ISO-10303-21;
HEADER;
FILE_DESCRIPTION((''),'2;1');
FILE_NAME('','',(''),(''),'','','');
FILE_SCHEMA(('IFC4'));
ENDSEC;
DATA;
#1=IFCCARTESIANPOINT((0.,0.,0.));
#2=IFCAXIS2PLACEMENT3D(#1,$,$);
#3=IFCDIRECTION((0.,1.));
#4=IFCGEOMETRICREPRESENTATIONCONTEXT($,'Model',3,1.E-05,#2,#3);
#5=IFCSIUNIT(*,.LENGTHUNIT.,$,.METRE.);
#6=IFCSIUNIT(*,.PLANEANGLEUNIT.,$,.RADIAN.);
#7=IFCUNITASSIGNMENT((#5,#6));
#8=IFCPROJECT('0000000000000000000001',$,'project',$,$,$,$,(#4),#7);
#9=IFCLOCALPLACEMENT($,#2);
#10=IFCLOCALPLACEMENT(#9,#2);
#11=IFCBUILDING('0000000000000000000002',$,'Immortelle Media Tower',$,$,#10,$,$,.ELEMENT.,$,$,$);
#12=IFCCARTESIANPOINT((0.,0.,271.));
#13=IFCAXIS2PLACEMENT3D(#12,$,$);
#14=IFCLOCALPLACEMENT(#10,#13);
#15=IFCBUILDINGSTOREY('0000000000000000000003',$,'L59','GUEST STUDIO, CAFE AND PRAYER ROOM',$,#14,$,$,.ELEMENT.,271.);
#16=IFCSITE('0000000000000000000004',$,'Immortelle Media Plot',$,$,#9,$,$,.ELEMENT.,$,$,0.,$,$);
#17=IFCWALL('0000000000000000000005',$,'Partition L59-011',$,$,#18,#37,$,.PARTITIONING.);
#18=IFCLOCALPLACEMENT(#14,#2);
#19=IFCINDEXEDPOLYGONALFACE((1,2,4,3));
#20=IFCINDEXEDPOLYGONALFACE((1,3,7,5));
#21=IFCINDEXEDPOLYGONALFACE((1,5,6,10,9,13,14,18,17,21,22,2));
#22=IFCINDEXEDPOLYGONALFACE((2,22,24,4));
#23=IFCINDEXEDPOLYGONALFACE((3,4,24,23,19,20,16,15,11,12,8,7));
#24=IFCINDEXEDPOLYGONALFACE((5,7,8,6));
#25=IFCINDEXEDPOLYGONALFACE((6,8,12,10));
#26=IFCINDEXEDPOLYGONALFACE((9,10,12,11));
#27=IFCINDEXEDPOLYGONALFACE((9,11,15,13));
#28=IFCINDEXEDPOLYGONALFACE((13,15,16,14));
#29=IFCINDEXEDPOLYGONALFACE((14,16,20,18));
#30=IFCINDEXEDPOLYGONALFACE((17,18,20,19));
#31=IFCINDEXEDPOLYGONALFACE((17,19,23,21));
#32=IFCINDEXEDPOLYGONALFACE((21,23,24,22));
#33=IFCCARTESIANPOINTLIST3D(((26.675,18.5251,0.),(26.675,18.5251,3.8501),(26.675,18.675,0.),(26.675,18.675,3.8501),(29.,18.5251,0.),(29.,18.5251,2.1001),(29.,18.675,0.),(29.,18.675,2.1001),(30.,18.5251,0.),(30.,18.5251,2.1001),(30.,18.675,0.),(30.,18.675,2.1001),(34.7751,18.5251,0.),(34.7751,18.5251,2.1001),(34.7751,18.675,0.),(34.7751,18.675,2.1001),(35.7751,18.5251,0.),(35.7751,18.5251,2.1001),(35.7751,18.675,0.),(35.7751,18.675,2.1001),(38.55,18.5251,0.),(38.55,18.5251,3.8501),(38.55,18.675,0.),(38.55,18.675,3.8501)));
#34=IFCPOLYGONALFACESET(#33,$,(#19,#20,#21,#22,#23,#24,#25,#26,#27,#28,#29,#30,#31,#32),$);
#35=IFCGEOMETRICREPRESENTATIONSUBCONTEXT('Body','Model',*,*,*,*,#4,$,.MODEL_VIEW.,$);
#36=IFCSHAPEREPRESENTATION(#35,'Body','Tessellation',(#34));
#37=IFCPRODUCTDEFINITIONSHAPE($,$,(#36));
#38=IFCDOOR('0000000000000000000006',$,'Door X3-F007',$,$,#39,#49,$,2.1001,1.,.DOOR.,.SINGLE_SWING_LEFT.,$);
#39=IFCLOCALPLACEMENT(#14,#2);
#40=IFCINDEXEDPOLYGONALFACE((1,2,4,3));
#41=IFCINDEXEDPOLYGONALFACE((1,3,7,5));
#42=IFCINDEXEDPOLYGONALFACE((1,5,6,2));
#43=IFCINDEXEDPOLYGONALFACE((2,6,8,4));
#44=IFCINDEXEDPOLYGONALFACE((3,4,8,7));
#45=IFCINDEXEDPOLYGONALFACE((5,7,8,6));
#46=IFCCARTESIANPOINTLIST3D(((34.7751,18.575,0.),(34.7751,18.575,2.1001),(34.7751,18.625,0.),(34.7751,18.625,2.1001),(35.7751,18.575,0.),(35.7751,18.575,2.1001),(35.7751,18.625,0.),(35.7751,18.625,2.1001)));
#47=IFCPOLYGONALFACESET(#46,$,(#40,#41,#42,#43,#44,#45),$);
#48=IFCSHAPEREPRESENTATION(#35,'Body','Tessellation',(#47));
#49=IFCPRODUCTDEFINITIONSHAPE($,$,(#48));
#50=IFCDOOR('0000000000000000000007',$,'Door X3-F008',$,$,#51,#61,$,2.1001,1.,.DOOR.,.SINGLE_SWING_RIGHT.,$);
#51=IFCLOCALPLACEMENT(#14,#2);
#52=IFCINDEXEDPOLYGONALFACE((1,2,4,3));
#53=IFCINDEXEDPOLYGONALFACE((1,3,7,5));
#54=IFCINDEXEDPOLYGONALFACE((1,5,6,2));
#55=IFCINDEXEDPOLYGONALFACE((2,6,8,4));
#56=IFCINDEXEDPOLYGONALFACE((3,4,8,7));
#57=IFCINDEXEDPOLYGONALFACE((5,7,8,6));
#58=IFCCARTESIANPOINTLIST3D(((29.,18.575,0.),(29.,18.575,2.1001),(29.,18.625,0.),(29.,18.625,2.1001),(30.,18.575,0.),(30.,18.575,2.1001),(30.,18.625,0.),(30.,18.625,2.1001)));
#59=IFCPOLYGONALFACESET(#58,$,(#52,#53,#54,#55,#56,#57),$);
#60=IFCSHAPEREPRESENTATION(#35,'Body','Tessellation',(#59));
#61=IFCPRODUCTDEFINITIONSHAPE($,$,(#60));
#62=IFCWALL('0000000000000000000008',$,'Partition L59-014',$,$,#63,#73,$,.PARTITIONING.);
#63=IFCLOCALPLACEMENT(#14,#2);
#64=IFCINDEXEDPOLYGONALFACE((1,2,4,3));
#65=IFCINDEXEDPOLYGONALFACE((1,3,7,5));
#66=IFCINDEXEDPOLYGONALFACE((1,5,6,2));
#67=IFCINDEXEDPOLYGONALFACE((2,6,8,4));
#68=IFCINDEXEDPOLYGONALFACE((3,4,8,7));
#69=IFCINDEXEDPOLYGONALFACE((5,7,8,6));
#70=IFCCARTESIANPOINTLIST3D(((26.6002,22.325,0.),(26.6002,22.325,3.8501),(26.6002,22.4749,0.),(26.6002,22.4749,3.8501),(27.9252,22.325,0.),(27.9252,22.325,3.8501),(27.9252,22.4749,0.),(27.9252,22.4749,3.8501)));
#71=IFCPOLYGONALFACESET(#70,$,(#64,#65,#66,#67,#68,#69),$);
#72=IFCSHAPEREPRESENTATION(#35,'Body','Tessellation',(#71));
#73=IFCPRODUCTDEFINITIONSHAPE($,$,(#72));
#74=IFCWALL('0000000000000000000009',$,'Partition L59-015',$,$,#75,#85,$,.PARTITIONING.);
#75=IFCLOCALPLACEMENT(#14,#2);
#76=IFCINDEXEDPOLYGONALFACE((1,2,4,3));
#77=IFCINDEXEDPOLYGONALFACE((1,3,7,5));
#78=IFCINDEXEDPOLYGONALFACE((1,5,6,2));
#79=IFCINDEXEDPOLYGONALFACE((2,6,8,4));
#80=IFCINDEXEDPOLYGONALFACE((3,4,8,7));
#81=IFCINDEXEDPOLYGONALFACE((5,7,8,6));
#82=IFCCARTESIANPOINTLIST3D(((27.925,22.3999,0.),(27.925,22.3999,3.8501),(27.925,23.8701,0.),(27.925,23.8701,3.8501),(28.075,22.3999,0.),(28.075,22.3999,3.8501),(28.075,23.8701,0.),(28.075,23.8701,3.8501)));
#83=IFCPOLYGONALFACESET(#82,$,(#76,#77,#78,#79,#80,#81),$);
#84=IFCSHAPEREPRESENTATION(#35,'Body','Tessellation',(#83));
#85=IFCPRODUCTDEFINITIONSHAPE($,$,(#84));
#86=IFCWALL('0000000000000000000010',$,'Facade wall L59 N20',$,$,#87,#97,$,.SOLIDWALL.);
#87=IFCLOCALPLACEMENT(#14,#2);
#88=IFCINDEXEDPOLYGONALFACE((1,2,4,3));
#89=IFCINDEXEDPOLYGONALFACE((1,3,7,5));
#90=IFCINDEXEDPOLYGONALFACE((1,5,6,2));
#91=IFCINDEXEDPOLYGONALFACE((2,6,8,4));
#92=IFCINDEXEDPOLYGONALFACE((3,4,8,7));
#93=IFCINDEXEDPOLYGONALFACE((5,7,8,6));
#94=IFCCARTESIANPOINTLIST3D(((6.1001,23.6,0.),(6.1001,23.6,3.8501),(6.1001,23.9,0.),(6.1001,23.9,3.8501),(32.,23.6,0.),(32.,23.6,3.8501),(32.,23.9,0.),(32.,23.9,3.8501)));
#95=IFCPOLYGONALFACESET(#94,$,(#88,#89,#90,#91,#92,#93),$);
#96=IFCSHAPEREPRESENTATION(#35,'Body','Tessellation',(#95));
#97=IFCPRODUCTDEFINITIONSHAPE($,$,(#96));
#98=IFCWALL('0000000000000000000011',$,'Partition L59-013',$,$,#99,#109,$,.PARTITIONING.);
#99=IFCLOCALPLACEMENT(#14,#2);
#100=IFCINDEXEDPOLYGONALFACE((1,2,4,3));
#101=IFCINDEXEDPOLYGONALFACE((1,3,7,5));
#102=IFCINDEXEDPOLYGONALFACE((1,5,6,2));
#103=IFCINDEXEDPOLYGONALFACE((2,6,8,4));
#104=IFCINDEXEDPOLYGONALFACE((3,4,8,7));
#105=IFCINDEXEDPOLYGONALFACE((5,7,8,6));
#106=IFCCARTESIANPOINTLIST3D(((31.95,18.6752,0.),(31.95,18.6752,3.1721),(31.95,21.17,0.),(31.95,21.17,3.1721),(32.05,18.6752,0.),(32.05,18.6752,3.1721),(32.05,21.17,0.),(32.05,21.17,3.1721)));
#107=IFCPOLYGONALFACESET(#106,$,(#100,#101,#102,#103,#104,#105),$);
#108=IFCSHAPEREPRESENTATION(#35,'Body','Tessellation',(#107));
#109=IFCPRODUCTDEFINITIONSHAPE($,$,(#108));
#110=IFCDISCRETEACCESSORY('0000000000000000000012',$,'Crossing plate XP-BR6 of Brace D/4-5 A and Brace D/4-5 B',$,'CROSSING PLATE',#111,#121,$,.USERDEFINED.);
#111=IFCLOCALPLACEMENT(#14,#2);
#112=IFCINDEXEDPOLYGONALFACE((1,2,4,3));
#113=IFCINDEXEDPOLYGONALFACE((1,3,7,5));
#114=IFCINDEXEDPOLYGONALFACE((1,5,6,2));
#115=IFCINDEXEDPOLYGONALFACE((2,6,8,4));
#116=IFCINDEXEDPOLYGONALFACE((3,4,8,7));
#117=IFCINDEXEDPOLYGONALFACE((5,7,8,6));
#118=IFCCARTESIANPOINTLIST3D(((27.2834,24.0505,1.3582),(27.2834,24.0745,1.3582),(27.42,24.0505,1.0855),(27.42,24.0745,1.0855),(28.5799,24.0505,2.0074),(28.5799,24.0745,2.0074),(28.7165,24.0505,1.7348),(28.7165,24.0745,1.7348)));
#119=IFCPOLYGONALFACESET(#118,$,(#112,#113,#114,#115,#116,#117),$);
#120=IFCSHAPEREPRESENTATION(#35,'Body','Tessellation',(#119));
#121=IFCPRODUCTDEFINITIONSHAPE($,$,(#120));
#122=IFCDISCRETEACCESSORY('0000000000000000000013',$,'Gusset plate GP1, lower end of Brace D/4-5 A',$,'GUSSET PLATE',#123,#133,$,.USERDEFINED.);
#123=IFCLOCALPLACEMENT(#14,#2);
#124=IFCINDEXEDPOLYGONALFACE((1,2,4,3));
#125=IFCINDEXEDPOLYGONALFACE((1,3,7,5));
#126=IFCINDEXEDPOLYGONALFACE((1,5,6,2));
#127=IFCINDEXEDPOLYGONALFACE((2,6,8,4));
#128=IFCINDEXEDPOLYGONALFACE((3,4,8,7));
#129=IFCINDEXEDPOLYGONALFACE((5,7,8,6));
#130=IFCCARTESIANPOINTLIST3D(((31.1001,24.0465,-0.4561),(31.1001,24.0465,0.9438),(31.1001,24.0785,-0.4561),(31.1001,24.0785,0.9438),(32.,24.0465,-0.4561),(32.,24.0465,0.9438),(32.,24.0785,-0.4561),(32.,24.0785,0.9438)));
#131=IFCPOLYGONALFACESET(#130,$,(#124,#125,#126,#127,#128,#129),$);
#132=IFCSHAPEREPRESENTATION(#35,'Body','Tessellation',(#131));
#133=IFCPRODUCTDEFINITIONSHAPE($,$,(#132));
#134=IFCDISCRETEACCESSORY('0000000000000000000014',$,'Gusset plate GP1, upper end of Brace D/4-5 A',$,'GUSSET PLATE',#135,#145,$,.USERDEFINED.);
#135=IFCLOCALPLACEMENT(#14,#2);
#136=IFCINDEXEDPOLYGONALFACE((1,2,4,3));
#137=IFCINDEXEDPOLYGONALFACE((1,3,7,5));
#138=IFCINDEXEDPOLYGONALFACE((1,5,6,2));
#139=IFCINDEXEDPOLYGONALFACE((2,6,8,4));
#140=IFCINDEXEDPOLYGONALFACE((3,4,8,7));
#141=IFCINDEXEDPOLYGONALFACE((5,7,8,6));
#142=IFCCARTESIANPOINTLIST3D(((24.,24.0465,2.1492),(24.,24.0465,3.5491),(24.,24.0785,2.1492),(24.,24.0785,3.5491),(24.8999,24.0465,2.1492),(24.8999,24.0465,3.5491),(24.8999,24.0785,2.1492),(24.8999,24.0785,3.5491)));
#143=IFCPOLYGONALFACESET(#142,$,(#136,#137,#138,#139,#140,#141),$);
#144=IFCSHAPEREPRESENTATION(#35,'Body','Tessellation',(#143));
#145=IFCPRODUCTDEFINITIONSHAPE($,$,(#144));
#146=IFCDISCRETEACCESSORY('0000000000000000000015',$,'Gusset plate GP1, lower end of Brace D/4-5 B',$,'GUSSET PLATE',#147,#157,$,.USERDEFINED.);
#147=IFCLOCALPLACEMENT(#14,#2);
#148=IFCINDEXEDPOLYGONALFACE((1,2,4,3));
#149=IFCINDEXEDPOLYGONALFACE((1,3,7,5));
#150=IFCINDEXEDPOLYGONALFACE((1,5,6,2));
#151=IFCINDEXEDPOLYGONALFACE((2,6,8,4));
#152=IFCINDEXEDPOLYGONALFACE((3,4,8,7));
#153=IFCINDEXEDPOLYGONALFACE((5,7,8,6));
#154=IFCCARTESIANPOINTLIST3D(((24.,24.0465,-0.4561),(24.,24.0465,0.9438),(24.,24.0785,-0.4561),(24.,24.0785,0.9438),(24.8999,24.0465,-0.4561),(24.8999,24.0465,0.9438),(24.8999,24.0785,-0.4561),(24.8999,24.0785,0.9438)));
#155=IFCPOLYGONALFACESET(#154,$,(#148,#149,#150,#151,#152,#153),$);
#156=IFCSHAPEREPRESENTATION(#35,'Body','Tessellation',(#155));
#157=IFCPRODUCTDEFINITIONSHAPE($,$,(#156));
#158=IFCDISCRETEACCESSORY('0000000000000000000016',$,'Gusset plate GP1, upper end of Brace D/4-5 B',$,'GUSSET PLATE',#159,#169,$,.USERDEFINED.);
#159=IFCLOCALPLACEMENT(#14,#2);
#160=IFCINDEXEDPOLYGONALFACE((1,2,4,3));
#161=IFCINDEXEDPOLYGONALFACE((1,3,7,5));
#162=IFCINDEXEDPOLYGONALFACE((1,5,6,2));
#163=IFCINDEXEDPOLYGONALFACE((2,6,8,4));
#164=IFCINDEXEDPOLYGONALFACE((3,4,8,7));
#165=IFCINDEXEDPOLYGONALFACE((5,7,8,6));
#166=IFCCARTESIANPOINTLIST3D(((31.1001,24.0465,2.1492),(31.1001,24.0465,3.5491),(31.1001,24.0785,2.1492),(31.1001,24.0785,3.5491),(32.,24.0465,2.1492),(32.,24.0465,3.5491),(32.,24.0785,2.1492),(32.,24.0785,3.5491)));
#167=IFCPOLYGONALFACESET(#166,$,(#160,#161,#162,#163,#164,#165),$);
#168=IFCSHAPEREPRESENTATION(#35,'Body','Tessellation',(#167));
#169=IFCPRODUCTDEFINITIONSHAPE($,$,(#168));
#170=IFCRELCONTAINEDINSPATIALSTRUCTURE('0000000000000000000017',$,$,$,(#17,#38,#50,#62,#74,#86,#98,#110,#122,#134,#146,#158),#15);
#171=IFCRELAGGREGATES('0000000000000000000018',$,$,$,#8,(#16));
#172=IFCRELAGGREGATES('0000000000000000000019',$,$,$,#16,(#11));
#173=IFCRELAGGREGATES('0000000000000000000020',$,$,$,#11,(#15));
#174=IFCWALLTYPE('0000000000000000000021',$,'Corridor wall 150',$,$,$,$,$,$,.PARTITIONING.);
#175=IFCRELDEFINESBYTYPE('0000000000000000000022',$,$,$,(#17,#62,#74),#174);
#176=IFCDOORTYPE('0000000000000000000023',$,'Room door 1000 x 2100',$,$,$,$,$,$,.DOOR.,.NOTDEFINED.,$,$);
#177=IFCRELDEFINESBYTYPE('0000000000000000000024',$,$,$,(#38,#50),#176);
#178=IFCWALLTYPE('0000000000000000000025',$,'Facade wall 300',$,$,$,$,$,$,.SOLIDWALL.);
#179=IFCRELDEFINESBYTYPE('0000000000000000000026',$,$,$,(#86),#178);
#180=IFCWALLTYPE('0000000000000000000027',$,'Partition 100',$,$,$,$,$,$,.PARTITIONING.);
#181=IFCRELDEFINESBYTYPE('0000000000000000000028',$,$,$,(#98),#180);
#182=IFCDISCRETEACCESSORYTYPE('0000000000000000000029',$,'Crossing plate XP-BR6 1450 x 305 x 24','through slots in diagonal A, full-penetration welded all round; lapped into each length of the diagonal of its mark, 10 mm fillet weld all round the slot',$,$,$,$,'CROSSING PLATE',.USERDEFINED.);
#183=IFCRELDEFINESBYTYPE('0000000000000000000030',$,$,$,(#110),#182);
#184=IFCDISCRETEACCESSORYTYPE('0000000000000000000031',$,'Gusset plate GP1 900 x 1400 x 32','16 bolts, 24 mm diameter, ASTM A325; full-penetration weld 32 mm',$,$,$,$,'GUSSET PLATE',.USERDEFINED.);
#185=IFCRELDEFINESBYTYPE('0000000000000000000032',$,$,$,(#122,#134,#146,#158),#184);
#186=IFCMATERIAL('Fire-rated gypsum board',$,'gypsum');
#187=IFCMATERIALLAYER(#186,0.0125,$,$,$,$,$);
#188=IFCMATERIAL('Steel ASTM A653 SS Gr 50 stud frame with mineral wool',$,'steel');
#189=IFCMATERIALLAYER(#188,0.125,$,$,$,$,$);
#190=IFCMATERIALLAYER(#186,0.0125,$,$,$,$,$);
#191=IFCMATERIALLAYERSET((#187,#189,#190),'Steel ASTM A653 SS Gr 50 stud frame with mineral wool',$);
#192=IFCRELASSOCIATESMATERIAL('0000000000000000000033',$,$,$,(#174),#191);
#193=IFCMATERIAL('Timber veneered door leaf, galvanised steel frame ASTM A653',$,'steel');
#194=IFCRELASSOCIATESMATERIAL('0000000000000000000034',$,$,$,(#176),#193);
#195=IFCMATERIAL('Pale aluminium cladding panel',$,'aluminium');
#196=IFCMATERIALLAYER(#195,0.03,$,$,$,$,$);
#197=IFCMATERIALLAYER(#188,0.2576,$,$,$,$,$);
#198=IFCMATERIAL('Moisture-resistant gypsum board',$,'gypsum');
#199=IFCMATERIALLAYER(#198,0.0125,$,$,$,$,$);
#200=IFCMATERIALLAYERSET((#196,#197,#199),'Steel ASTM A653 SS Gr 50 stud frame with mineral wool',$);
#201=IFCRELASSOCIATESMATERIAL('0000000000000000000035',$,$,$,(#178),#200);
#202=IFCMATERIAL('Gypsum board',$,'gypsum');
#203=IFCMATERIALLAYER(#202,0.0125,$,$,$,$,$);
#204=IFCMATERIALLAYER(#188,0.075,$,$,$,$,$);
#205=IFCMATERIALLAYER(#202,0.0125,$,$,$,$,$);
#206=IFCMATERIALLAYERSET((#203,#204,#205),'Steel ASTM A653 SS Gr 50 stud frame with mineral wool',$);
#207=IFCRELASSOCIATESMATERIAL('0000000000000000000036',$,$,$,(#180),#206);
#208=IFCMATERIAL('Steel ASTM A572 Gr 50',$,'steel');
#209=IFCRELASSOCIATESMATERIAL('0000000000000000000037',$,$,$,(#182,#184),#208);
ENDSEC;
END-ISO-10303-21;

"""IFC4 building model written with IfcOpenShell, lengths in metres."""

from ifc_helpers import new_model, si_unit, direction, frame, frame_2d, origin, origin_2d, place, context, subcontext, project, spatial, rectangle, extrude, material, layer, layer_set, material_profile, profile_set, type_object, element, fill, save


model = new_model("IFC4")

# Units and contexts
model_context = context("Model", 3, precision=1e-05, world=origin(), true_north=direction((0.0, 1.0)))
body_context = subcontext(model_context, "Body", "Model", "MODEL_VIEW")
ifc_project = project(units=[si_unit("LENGTHUNIT", "METRE"), si_unit("PLANEANGLEUNIT", "RADIAN")], contexts=[model_context])

# Site, building, storey
site_placement = place(None, origin())
site = spatial("IfcSite", under=ifc_project, at=site_placement, Name="Immortelle Media Plot", CompositionType="ELEMENT", RefElevation=0.0)
building_placement = place(site_placement, origin())
building = spatial("IfcBuilding", under=site, at=building_placement, Name="Immortelle Media Tower", CompositionType="ELEMENT")
storey_placement = place(building_placement, frame((0.0, 0.0, 271.0)))
storey = spatial("IfcBuildingStorey", under=building, at=storey_placement, Name="L59", Description="GUEST STUDIO, CAFE AND PRAYER ROOM", CompositionType="ELEMENT", Elevation=271.0)

# Shared definitions
ifc_material_1 = material(Name="Fire-rated gypsum board", Category="gypsum")
ifc_material_2 = material(Name="Steel ASTM A653 SS Gr 50 stud frame with mineral wool", Category="steel")

# Wall, openings, doors
ifc_layer_1 = layer(ifc_material_1, 0.0125)
ifc_layer_2 = layer(ifc_material_2, 0.125)
ifc_layer_3 = layer(ifc_material_1, 0.0125)
ifc_layer_set_1 = layer_set([ifc_layer_1, ifc_layer_2, ifc_layer_3], Name="Steel ASTM A653 SS Gr 50 stud frame with mineral wool")
wall_type_1 = type_object("IfcWallType", Name="Corridor wall 150", PredefinedType="PARTITIONING", material=ifc_layer_set_1)
wall_1_placement = place(storey_placement, frame((26.675, 18.6001, 0.0), z_axis=(0.0, 0.0, 1.0), x_axis=(1.0, 0.0, 0.0)))
wall_1 = element("IfcWall", 1, at=wall_1_placement, inside=storey, type_object=wall_type_1, Name="Partition L59-011", PredefinedType="PARTITIONING", context=body_context, shape_type="SweptSolid", body=[
    extrude(rectangle(XDim=11.875, YDim=0.1499, at=frame_2d((5.9375, 0.0))), origin(), (0.0, 0.0, 1.0), 3.8501),
])
opening_1_placement = place(wall_1_placement, frame((8.1001, 0.0, 0.0)))
opening_1 = element("IfcOpeningElement", 2, at=opening_1_placement, cuts=wall_1, PredefinedType="OPENING", context=body_context, shape_type="SweptSolid", body=[
    extrude(rectangle(XDim=1.0, YDim=2.1001, at=frame_2d((0.5, 1.05))), frame((0.0, 0.085, 0.0), z_axis=(0.0, -1.0, 0.0), x_axis=(1.0, 0.0, 0.0)), (0.0, 0.0, 1.0), 0.1699),
])
opening_2_placement = place(wall_1_placement, frame((2.325, 0.0, 0.0)))
opening_2 = element("IfcOpeningElement", 3, at=opening_2_placement, cuts=wall_1, PredefinedType="OPENING", context=body_context, shape_type="SweptSolid", body=[
    extrude(rectangle(XDim=1.0, YDim=2.1001, at=frame_2d((0.5, 1.05))), frame((0.0, 0.085, 0.0), z_axis=(0.0, -1.0, 0.0), x_axis=(1.0, 0.0, 0.0)), (0.0, 0.0, 1.0), 0.1699),
])
ifc_material_3 = material(Name="Timber veneered door leaf, galvanised steel frame ASTM A653", Category="steel")
door_type = type_object("IfcDoorType", Name="Room door 1000 x 2100", OperationType="NOTDEFINED", PredefinedType="DOOR", material=ifc_material_3)
door_1_placement = place(opening_1_placement, origin())
door_1 = element("IfcDoor", 4, at=door_1_placement, inside=storey, type_object=door_type, Name="Door X3-F007", OperationType="SINGLE_SWING_LEFT", OverallHeight=2.1001, OverallWidth=1.0, PredefinedType="DOOR", context=body_context, shape_type="SweptSolid", body=[
    extrude(rectangle(XDim=1.0, YDim=2.1001, at=frame_2d((0.5, 1.05))), frame((0.0, 0.0249, 0.0), z_axis=(0.0, -1.0, 0.0), x_axis=(1.0, 0.0, 0.0)), (0.0, 0.0, 1.0), 0.05),
])
fill(opening_1, door_1)
door_2_placement = place(opening_2_placement, origin())
door_2 = element("IfcDoor", 5, at=door_2_placement, inside=storey, type_object=door_type, Name="Door X3-F008", OperationType="SINGLE_SWING_RIGHT", OverallHeight=2.1001, OverallWidth=1.0, PredefinedType="DOOR", context=body_context, shape_type="SweptSolid", body=[
    extrude(rectangle(XDim=1.0, YDim=2.1001, at=frame_2d((0.5, 1.05))), frame((0.0, 0.0249, 0.0), z_axis=(0.0, -1.0, 0.0), x_axis=(1.0, 0.0, 0.0)), (0.0, 0.0, 1.0), 0.05),
])
fill(opening_2, door_2)

# Walls
wall_2_placement = place(storey_placement, frame((26.6001, 22.3999, 0.0), z_axis=(0.0, 0.0, 1.0), x_axis=(1.0, 0.0, 0.0)))
element("IfcWall", 6, at=wall_2_placement, inside=storey, type_object=wall_type_1, Name="Partition L59-014", PredefinedType="PARTITIONING", context=body_context, shape_type="SweptSolid", body=[
    extrude(rectangle(XDim=1.325, YDim=0.1499, at=frame_2d((0.6626, 0.0))), origin(), (0.0, 0.0, 1.0), 3.8501),
])
wall_3_placement = place(storey_placement, frame((28.0, 22.3999, 0.0), z_axis=(0.0, 0.0, 1.0), x_axis=(0.0, 1.0, 0.0)))
element("IfcWall", 7, at=wall_3_placement, inside=storey, type_object=wall_type_1, Name="Partition L59-015", PredefinedType="PARTITIONING", context=body_context, shape_type="SweptSolid", body=[
    extrude(rectangle(XDim=1.4702, YDim=0.1499, at=frame_2d((0.7351, 0.0))), origin(), (0.0, 0.0, 1.0), 3.8501),
])
ifc_material_4 = material(Name="Pale aluminium cladding panel", Category="aluminium")
ifc_layer_4 = layer(ifc_material_4, 0.03)
ifc_layer_5 = layer(ifc_material_2, 0.2576)
ifc_material_5 = material(Name="Moisture-resistant gypsum board", Category="gypsum")
ifc_layer_6 = layer(ifc_material_5, 0.0125)
ifc_layer_set_2 = layer_set([ifc_layer_4, ifc_layer_5, ifc_layer_6], Name="Steel ASTM A653 SS Gr 50 stud frame with mineral wool")
wall_type_2 = type_object("IfcWallType", Name="Facade wall 300", PredefinedType="SOLIDWALL", material=ifc_layer_set_2)
wall_4_placement = place(storey_placement, frame((32.0, 23.75, 0.0), z_axis=(0.0, 0.0, 1.0), x_axis=(-1.0, 0.0, 0.0)))
element("IfcWall", 8, at=wall_4_placement, inside=storey, type_object=wall_type_2, Name="Facade wall L59 N20", PredefinedType="SOLIDWALL", context=body_context, shape_type="SweptSolid", body=[
    extrude(rectangle(XDim=25.8999, YDim=0.3, at=frame_2d((12.95, 0.0))), origin(), (0.0, 0.0, 1.0), 3.8501),
])
ifc_material_6 = material(Name="Gypsum board", Category="gypsum")
ifc_layer_7 = layer(ifc_material_6, 0.0125)
ifc_layer_8 = layer(ifc_material_2, 0.075)
ifc_layer_9 = layer(ifc_material_6, 0.0125)
ifc_layer_set_3 = layer_set([ifc_layer_7, ifc_layer_8, ifc_layer_9], Name="Steel ASTM A653 SS Gr 50 stud frame with mineral wool")
wall_type_3 = type_object("IfcWallType", Name="Partition 100", PredefinedType="PARTITIONING", material=ifc_layer_set_3)
wall_5_placement = place(storey_placement, frame((32.0, 18.675, 0.0), z_axis=(0.0, 0.0, 1.0), x_axis=(0.0, 1.0, 0.0)))
element("IfcWall", 9, at=wall_5_placement, inside=storey, type_object=wall_type_3, Name="Partition L59-013", PredefinedType="PARTITIONING", context=body_context, shape_type="SweptSolid", body=[
    extrude(rectangle(XDim=2.4949, YDim=0.1001, at=frame_2d((1.2476, 0.0))), origin(), (0.0, 0.0, 1.0), 3.1721),
])

# Discrete accessories
ifc_material_7 = material(Name="Steel ASTM A572 Gr 50", Category="steel")
ifc_material_profile_1 = material_profile(ifc_material_7, rectangle(XDim=0.0239, YDim=0.3049, at=origin_2d()), Name="PL 24 x 305")
ifc_profile_set_1 = profile_set([ifc_material_profile_1], Name="Steel ASTM A572 Gr 50")
discrete_accessory_type_1 = type_object("IfcDiscreteAccessoryType", Name="Crossing plate XP-BR6 1450 x 305 x 24", Description="through slots in diagonal A, full-penetration welded all round; lapped into each length of the diagonal of its mark, 10 mm fillet weld all round the slot", ElementType="CROSSING PLATE", PredefinedType="USERDEFINED", material=ifc_profile_set_1)
discrete_accessory_placement = place(storey_placement, frame((28.6482, 24.0625, 1.8711), z_axis=(-0.894158, 0.0, -0.447752), x_axis=(0.0, -1.0, 0.0)))
element("IfcDiscreteAccessory", 10, at=discrete_accessory_placement, inside=storey, type_object=discrete_accessory_type_1, Name="Crossing plate XP-BR6 of Brace D/4-5 A and Brace D/4-5 B", ObjectType="CROSSING PLATE", PredefinedType="USERDEFINED", context=body_context, shape_type="SweptSolid", body=[
    extrude(rectangle(XDim=0.0239, YDim=0.3049, at=origin_2d()), origin(), (0.0, 0.0, 1.0), 1.45),
])
ifc_material_profile_2 = material_profile(ifc_material_7, rectangle(XDim=0.032, YDim=1.3999, at=origin_2d()), Name="PL 32 x 1400")
ifc_profile_set_2 = profile_set([ifc_material_profile_2], Name="Steel ASTM A572 Gr 50")
discrete_accessory_type_2 = type_object("IfcDiscreteAccessoryType", Name="Gusset plate GP1 900 x 1400 x 32", Description="16 bolts, 24 mm diameter, ASTM A325; full-penetration weld 32 mm", ElementType="GUSSET PLATE", PredefinedType="USERDEFINED", material=ifc_profile_set_2)
for number, where, z_axis, x_axis, name in (
    (11, (32.0, 24.0625, 0.2439), (-1.0, 0.0, 0.0), (0.0, -1.0, 0.0), "Gusset plate GP1, lower end of Brace D/4-5 A"),
    (12, (24.0, 24.0625, 2.8491), (1.0, 0.0, 0.0), (0.0, 1.0, 0.0), "Gusset plate GP1, upper end of Brace D/4-5 A"),
    (13, (24.0, 24.0625, 0.2439), (1.0, 0.0, 0.0), (0.0, 1.0, 0.0), "Gusset plate GP1, lower end of Brace D/4-5 B"),
    (14, (32.0, 24.0625, 2.8491), (-1.0, 0.0, 0.0), (0.0, -1.0, 0.0), "Gusset plate GP1, upper end of Brace D/4-5 B"),
):
    element("IfcDiscreteAccessory", number, at=place(storey_placement, frame(where, z_axis=z_axis, x_axis=x_axis)), inside=storey, type_object=discrete_accessory_type_2, Name=name, ObjectType="GUSSET PLATE", PredefinedType="USERDEFINED", context=body_context, shape_type="SweptSolid", body=[
        extrude(rectangle(XDim=0.032, YDim=1.3999, at=origin_2d()), origin(), (0.0, 0.0, 1.0), 0.8999),
    ])

save(model, "model.ifc")
